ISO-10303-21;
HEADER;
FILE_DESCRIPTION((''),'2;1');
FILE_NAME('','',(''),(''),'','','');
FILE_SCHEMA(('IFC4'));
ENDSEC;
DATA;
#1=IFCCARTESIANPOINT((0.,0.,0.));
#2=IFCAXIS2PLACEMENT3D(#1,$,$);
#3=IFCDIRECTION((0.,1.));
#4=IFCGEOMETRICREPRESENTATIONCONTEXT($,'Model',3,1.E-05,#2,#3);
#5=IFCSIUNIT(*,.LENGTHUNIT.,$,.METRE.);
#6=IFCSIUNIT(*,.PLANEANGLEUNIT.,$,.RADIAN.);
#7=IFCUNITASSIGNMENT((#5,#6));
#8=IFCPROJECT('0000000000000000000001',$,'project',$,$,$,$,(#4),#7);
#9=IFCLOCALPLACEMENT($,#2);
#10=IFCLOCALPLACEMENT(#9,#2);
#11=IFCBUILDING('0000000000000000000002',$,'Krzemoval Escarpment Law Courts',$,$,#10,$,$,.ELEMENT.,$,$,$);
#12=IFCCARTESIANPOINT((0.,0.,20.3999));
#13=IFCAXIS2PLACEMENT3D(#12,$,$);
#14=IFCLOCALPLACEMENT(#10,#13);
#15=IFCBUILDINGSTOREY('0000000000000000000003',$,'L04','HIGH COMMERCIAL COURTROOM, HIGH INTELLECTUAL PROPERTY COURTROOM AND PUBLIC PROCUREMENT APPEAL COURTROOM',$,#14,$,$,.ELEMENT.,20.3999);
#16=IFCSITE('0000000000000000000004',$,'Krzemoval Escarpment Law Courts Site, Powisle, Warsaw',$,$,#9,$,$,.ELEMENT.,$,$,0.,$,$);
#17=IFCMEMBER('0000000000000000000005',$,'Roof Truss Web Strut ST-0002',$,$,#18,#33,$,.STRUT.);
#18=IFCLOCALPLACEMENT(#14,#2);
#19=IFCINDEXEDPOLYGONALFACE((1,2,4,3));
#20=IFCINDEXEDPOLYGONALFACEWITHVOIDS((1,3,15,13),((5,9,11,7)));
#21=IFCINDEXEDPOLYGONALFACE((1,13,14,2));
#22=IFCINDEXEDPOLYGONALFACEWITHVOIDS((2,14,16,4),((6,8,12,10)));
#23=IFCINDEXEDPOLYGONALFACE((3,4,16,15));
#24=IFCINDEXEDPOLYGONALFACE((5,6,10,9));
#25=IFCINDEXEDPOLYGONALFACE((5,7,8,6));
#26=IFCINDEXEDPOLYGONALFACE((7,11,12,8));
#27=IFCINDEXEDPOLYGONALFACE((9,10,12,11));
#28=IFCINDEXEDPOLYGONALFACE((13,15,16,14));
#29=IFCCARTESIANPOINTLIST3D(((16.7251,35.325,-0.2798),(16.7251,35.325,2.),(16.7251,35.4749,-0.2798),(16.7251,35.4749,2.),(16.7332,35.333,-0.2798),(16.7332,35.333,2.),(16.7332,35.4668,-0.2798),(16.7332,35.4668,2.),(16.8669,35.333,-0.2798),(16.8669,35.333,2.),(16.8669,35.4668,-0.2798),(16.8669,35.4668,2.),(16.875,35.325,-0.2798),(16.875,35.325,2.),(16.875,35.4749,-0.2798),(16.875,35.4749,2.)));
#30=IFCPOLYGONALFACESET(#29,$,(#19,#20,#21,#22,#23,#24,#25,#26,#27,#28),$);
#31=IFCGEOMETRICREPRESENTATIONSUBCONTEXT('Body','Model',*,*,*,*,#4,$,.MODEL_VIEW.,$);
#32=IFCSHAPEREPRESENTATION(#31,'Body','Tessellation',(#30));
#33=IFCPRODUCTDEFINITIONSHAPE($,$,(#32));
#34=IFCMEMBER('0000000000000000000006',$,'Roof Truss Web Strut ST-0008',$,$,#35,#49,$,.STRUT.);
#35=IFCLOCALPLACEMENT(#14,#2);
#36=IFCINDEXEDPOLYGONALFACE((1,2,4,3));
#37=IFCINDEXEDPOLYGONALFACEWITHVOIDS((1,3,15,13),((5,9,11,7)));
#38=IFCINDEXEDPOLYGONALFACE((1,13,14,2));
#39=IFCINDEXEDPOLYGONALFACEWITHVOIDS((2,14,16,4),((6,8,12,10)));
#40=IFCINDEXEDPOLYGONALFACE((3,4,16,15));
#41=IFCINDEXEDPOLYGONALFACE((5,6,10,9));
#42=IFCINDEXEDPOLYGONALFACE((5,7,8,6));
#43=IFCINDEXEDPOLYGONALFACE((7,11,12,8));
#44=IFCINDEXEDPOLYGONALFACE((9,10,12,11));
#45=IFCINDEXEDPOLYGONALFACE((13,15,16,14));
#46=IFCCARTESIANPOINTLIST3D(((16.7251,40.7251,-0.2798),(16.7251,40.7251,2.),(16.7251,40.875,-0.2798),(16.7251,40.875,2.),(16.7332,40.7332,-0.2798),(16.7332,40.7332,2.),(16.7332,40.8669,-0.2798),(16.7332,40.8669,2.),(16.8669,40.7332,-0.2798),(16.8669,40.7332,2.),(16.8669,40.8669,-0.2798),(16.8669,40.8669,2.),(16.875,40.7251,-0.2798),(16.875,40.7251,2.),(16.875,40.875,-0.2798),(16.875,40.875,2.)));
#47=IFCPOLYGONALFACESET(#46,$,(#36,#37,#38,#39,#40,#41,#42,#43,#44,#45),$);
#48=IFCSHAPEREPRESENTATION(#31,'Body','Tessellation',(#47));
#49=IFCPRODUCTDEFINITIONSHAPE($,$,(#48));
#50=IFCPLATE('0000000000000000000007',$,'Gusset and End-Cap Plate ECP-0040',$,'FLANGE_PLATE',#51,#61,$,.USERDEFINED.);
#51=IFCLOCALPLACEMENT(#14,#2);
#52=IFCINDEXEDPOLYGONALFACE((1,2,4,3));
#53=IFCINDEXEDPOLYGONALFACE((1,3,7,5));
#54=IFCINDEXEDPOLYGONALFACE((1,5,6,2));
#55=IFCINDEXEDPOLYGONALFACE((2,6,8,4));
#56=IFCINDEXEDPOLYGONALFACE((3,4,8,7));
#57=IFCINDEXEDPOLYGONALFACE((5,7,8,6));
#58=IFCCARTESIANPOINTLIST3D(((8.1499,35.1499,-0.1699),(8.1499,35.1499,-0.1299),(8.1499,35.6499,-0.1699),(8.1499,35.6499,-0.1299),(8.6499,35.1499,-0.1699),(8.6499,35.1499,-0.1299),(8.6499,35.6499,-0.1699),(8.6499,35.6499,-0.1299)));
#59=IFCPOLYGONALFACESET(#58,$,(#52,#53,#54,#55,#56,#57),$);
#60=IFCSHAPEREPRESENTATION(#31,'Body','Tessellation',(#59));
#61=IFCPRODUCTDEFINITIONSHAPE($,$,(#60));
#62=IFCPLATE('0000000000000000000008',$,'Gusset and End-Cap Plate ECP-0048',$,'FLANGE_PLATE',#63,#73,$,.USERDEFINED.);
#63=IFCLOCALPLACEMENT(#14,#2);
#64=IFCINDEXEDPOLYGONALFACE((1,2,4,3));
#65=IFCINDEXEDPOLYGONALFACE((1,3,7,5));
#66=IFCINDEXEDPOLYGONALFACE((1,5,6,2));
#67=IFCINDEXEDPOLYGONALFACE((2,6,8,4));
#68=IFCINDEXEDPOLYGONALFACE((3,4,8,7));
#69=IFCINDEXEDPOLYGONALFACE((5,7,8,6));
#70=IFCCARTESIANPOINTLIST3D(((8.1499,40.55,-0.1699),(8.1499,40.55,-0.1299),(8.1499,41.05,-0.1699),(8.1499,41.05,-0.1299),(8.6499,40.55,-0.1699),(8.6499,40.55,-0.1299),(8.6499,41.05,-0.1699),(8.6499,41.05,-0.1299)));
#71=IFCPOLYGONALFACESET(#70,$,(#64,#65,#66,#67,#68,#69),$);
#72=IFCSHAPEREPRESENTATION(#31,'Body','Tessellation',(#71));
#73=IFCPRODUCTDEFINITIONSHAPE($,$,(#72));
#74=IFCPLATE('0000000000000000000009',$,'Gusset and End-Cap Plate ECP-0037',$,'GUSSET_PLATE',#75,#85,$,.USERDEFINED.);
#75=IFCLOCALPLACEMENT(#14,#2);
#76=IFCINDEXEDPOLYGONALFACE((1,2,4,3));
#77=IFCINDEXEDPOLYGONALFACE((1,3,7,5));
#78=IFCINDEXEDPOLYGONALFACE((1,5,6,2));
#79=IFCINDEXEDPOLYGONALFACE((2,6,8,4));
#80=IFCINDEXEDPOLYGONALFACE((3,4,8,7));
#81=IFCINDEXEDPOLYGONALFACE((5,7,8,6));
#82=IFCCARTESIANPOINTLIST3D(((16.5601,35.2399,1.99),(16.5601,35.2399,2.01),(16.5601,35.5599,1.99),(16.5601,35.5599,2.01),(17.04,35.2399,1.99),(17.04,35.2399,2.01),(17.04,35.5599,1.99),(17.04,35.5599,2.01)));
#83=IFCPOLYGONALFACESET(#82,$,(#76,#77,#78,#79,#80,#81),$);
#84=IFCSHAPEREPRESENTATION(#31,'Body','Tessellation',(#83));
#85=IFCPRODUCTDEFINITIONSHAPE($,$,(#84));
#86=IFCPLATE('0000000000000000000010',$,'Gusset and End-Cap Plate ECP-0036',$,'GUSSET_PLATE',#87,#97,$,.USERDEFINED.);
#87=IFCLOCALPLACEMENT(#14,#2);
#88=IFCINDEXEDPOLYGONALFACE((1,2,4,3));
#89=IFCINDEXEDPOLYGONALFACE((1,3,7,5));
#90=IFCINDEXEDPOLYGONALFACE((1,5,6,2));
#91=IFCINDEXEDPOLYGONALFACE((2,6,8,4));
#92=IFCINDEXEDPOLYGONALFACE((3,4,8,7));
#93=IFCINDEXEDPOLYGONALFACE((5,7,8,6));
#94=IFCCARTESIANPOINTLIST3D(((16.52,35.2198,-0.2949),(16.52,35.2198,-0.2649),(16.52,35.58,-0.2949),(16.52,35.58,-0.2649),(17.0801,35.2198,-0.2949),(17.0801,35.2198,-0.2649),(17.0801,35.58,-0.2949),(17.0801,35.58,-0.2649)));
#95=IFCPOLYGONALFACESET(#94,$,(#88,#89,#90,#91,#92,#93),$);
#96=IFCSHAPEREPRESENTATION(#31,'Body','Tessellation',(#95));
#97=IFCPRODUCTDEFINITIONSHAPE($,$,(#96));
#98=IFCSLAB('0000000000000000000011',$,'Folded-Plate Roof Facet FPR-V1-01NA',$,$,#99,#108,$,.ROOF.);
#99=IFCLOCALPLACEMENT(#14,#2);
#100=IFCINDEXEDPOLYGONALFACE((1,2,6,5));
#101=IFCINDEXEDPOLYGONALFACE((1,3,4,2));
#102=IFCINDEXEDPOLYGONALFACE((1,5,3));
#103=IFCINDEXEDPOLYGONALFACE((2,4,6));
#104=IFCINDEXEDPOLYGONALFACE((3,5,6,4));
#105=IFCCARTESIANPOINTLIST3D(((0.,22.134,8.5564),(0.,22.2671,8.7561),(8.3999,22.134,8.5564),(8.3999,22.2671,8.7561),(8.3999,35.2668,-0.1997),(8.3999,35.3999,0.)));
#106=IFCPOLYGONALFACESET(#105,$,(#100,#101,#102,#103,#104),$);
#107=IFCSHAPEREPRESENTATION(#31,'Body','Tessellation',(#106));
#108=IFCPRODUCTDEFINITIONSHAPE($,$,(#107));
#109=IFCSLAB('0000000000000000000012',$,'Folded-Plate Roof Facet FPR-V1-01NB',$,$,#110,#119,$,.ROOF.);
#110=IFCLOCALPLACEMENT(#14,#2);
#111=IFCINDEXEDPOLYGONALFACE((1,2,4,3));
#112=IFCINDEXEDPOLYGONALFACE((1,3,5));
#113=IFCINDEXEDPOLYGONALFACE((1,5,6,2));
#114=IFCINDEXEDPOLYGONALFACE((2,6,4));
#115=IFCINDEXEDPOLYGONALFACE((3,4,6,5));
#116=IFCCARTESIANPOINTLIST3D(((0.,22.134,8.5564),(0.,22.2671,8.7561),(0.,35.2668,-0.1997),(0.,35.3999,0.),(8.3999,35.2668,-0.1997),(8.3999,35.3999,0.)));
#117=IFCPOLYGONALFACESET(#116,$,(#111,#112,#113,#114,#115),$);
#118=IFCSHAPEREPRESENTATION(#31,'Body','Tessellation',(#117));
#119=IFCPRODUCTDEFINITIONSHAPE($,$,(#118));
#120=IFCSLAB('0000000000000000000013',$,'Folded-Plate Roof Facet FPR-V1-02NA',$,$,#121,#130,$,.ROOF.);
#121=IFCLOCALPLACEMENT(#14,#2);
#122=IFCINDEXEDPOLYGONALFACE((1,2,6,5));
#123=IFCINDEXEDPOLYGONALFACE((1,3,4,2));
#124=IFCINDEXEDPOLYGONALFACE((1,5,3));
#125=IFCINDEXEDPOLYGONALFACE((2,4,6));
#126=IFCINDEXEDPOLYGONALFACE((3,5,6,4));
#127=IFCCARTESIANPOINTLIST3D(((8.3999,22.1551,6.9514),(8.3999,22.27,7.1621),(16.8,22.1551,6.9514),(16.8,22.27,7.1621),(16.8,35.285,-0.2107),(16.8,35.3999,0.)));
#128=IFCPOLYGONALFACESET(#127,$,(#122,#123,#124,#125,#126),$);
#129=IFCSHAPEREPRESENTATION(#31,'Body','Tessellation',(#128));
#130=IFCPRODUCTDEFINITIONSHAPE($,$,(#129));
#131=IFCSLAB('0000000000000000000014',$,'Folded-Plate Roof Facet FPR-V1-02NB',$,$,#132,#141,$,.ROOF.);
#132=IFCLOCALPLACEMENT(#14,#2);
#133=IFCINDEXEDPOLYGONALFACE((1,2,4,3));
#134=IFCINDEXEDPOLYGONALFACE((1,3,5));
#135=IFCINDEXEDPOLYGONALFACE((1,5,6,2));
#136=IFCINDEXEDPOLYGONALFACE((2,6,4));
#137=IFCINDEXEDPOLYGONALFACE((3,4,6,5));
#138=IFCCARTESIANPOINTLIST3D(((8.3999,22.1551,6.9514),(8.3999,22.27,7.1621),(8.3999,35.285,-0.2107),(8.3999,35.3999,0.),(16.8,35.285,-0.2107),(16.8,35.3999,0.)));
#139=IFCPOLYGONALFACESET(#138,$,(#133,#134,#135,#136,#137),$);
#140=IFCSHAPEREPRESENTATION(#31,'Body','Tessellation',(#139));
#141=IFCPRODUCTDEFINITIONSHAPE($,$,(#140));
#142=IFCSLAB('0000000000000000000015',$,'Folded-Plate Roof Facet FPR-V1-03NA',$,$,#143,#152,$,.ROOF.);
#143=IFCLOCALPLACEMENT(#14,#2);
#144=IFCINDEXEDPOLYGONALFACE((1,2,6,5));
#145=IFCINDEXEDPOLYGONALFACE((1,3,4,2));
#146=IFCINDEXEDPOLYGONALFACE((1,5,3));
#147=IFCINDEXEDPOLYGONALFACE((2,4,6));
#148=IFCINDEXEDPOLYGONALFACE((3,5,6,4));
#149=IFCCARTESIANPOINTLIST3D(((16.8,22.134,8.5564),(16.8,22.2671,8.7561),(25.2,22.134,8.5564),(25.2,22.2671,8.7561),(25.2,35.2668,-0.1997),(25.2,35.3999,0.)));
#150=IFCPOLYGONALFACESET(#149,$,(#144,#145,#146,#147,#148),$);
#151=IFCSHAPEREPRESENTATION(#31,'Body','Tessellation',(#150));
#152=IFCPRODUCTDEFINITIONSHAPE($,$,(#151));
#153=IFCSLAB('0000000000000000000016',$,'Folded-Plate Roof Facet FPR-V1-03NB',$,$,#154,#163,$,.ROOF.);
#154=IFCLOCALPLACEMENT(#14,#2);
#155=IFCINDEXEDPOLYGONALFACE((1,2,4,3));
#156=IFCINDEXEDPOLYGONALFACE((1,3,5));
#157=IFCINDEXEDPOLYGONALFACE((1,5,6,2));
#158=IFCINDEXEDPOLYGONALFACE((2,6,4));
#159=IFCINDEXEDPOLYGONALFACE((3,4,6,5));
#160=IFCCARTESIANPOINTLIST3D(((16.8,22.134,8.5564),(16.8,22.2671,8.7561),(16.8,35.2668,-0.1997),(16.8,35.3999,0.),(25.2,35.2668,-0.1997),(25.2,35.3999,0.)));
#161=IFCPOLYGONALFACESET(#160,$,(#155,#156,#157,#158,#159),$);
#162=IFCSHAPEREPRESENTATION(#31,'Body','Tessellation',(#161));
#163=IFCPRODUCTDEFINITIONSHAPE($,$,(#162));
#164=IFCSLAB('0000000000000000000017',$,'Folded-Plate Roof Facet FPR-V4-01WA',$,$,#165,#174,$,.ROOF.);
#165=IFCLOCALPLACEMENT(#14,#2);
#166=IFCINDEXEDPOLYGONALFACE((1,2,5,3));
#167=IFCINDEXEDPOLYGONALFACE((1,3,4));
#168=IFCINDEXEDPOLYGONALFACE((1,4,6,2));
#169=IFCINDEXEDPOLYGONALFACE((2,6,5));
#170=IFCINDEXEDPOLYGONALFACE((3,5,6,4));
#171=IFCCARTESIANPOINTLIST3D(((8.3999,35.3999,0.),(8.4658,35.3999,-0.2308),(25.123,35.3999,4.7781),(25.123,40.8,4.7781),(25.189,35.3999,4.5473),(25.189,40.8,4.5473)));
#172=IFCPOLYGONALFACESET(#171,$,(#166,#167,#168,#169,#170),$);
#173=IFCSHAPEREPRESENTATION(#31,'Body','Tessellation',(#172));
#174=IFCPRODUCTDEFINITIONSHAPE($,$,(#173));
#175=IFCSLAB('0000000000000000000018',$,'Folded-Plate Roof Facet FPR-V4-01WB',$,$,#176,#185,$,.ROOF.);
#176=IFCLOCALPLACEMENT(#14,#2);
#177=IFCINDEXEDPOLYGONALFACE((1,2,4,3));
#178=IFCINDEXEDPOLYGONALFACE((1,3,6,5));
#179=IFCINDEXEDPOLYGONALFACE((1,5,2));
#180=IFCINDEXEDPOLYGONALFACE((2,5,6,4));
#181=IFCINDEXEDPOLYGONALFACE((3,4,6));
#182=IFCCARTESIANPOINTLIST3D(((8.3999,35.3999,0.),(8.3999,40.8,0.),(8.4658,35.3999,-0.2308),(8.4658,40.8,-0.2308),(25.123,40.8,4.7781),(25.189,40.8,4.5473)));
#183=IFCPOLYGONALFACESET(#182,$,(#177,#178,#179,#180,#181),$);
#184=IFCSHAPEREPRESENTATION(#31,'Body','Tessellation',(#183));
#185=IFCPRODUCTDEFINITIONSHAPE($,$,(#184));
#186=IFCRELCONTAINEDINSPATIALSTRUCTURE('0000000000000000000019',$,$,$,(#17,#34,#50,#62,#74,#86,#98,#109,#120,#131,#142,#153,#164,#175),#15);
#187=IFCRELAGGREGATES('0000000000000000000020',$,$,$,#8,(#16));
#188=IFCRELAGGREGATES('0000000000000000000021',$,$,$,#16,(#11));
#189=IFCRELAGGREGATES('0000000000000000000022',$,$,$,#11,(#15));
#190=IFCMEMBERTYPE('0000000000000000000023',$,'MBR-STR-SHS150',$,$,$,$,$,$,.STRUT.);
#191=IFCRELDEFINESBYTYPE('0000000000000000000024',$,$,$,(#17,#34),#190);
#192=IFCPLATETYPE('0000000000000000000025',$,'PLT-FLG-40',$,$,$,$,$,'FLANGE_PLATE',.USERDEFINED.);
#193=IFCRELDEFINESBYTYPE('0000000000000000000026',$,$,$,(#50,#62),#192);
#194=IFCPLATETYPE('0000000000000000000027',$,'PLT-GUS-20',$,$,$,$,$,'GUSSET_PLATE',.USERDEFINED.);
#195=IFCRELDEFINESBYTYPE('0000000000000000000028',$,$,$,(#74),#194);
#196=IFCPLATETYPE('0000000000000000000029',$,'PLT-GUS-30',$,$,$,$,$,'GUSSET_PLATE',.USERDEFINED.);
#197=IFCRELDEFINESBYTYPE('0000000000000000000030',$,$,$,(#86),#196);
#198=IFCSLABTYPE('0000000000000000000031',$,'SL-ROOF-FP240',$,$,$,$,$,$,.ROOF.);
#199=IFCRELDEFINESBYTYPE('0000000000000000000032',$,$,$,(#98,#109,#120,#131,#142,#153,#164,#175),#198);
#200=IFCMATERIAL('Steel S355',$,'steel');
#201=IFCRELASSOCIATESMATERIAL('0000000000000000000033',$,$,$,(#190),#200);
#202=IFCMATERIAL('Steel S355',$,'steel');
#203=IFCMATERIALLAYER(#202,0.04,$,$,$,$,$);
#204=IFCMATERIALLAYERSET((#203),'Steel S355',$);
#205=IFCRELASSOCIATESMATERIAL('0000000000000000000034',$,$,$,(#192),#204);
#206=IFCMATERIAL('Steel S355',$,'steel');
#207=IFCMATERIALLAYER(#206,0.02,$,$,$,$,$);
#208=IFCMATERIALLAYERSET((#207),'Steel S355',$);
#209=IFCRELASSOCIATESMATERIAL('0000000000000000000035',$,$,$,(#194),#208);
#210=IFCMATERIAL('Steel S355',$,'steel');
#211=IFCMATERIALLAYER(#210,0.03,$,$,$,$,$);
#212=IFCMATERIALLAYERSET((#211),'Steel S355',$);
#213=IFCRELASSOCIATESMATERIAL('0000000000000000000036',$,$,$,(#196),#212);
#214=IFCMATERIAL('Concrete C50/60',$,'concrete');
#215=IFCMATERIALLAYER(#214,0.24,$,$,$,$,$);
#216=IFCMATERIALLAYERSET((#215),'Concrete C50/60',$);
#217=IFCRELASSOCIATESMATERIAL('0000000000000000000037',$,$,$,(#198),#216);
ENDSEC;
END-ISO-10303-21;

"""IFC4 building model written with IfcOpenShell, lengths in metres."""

from ifc_helpers import new_model, si_unit, direction, frame, origin, origin_2d, place, context, subcontext, project, spatial, polyline, rectangle, hollow_rectangle, outline, extrude, material, layer, layer_set, material_profile, profile_set, type_object, element, save


model = new_model("IFC4")

# Units and contexts
model_context = context("Model", 3, precision=1e-05, world=origin(), true_north=direction((0.0, 1.0)))
body_context = subcontext(model_context, "Body", "Model", "MODEL_VIEW")
ifc_project = project(units=[si_unit("LENGTHUNIT", "METRE"), si_unit("PLANEANGLEUNIT", "RADIAN")], contexts=[model_context])

# Site, building, storey
site_placement = place(None, origin())
site = spatial("IfcSite", under=ifc_project, at=site_placement, Name="Krzemoval Escarpment Law Courts Site, Powisle, Warsaw", CompositionType="ELEMENT", RefElevation=0.0)
building_placement = place(site_placement, origin())
building = spatial("IfcBuilding", under=site, at=building_placement, Name="Krzemoval Escarpment Law Courts", CompositionType="ELEMENT")
storey_placement = place(building_placement, frame((0.0, 0.0, 20.3999)))
storey = spatial("IfcBuildingStorey", under=building, at=storey_placement, Name="L04", Description="HIGH COMMERCIAL COURTROOM, HIGH INTELLECTUAL PROPERTY COURTROOM AND PUBLIC PROCUREMENT APPEAL COURTROOM", CompositionType="ELEMENT", Elevation=20.3999)

# Members
ifc_material_1 = material(Name="Steel S355", Category="steel")
ifc_material_profile_1 = material_profile(ifc_material_1, hollow_rectangle(XDim=0.1499, YDim=0.1499, WallThickness=0.0081, at=origin_2d()), Name="SHS 150x150x8")
ifc_profile_set_1 = profile_set([ifc_material_profile_1], Name="Steel S355")
member_type_1 = type_object("IfcMemberType", Name="MBR-STR-SHS150", PredefinedType="STRUT", material=ifc_profile_set_1)
for number, where, z_axis, x_axis, name in (
    (1, (16.8, 35.3999, -0.2798), (0.0, 0.0, 1.0), (1.0, 0.0, 0.0), "Roof Truss Web Strut ST-0002"),
    (2, (16.8, 40.8, -0.2798), (0.0, 0.0, 1.0), (1.0, 0.0, 0.0), "Roof Truss Web Strut ST-0008"),
):
    element("IfcMember", number, at=place(storey_placement, frame(where, z_axis=z_axis, x_axis=x_axis)), inside=storey, type_object=member_type_1, Name=name, PredefinedType="STRUT", context=body_context, shape_type="SweptSolid", body=[
        extrude(hollow_rectangle(XDim=0.1499, YDim=0.1499, WallThickness=0.0081, at=origin_2d()), origin(), (0.0, 0.0, 1.0), 2.2798),
    ])

# Plates
ifc_material_2 = material(Name="Steel S355", Category="steel")
ifc_layer_1 = layer(ifc_material_2, 0.04)
ifc_layer_set_1 = layer_set([ifc_layer_1], Name="Steel S355")
plate_type_1 = type_object("IfcPlateType", Name="PLT-FLG-40", ElementType="FLANGE_PLATE", PredefinedType="USERDEFINED", material=ifc_layer_set_1)
for number, where, z_axis, x_axis, name in (
    (3, (8.3999, 35.3999, -0.1699), (0.0, 0.0, 1.0), (1.0, 0.0, 0.0), "Gusset and End-Cap Plate ECP-0040"),
    (4, (8.3999, 40.8, -0.1699), (0.0, 0.0, 1.0), (1.0, 0.0, 0.0), "Gusset and End-Cap Plate ECP-0048"),
):
    element("IfcPlate", number, at=place(storey_placement, frame(where, z_axis=z_axis, x_axis=x_axis)), inside=storey, type_object=plate_type_1, Name=name, ObjectType="FLANGE_PLATE", PredefinedType="USERDEFINED", context=body_context, shape_type="SweptSolid", body=[
        extrude(rectangle(XDim=0.5, YDim=0.5, at=origin_2d()), origin(), (0.0, 0.0, 1.0), 0.04),
    ])
ifc_material_3 = material(Name="Steel S355", Category="steel")
ifc_layer_2 = layer(ifc_material_3, 0.02)
ifc_layer_set_2 = layer_set([ifc_layer_2], Name="Steel S355")
plate_type_2 = type_object("IfcPlateType", Name="PLT-GUS-20", ElementType="GUSSET_PLATE", PredefinedType="USERDEFINED", material=ifc_layer_set_2)
plate_1_placement = place(storey_placement, frame((16.8, 35.3999, 1.99), z_axis=(0.0, 0.0, 1.0), x_axis=(1.0, 0.0, 0.0)))
element("IfcPlate", 5, at=plate_1_placement, inside=storey, type_object=plate_type_2, Name="Gusset and End-Cap Plate ECP-0037", ObjectType="GUSSET_PLATE", PredefinedType="USERDEFINED", context=body_context, shape_type="SweptSolid", body=[
    extrude(rectangle(XDim=0.48, YDim=0.3201, at=origin_2d()), origin(), (0.0, 0.0, 1.0), 0.02),
])
ifc_material_4 = material(Name="Steel S355", Category="steel")
ifc_layer_3 = layer(ifc_material_4, 0.03)
ifc_layer_set_3 = layer_set([ifc_layer_3], Name="Steel S355")
plate_type_3 = type_object("IfcPlateType", Name="PLT-GUS-30", ElementType="GUSSET_PLATE", PredefinedType="USERDEFINED", material=ifc_layer_set_3)
plate_2_placement = place(storey_placement, frame((16.8, 35.3999, -0.2949), z_axis=(0.0, 0.0, 1.0), x_axis=(1.0, 0.0, 0.0)))
element("IfcPlate", 6, at=plate_2_placement, inside=storey, type_object=plate_type_3, Name="Gusset and End-Cap Plate ECP-0036", ObjectType="GUSSET_PLATE", PredefinedType="USERDEFINED", context=body_context, shape_type="SweptSolid", body=[
    extrude(rectangle(XDim=0.5601, YDim=0.3601, at=origin_2d()), origin(), (0.0, 0.0, 1.0), 0.03),
])

# Slabs
ifc_material_5 = material(Name="Concrete C50/60", Category="concrete")
ifc_layer_4 = layer(ifc_material_5, 0.24)
ifc_layer_set_4 = layer_set([ifc_layer_4], Name="Concrete C50/60")
slab_type = type_object("IfcSlabType", Name="SL-ROOF-FP240", PredefinedType="ROOF", material=ifc_layer_set_4)
slab_1_placement = place(storey_placement, frame((0.0, 22.2671, 8.7561), z_axis=(0.0, 0.554739, 0.832024), x_axis=(1.0, 0.0, 0.0)))
element("IfcSlab", 7, at=slab_1_placement, inside=storey, type_object=slab_type, Name="Folded-Plate Roof Facet FPR-V1-01NA", PredefinedType="ROOF", context=body_context, shape_type="SweptSolid", body=[
    extrude(outline(polyline([(0.0, 0.0), (8.3999, 0.0), (8.3999, 15.7842), (0.0, 0.0)])), origin(), (0.0, 0.0, -1.0), 0.24),
])
slab_2_placement = place(storey_placement, frame((0.0, 22.2671, 8.7561), z_axis=(0.0, 0.554739, 0.832024), x_axis=(0.46979, 0.734493, -0.489712)))
element("IfcSlab", 8, at=slab_2_placement, inside=storey, type_object=slab_type, Name="Folded-Plate Roof Facet FPR-V1-01NB", PredefinedType="ROOF", context=body_context, shape_type="SweptSolid", body=[
    extrude(outline(polyline([(0.0, 0.0), (17.8801, 0.0), (13.9339, 7.4152), (0.0, 0.0)])), origin(), (0.0, 0.0, -1.0), 0.24),
])
slab_3_placement = place(storey_placement, frame((8.3999, 22.27, 7.1621), z_axis=(0.0, 0.47887, 0.877886), x_axis=(1.0, 0.0, 0.0)))
element("IfcSlab", 9, at=slab_3_placement, inside=storey, type_object=slab_type, Name="Folded-Plate Roof Facet FPR-V1-02NA", PredefinedType="ROOF", context=body_context, shape_type="SweptSolid", body=[
    extrude(outline(polyline([(0.0, 0.0), (8.4001, 0.0), (8.4001, 14.9563), (0.0, 0.0)])), origin(), (0.0, 0.0, -1.0), 0.24),
])
slab_4_placement = place(storey_placement, frame((8.3999, 22.27, 7.1621), z_axis=(0.0, 0.47887, 0.877886), x_axis=(0.489697, 0.765422, -0.417524)))
element("IfcSlab", 10, at=slab_4_placement, inside=storey, type_object=slab_type, Name="Folded-Plate Roof Facet FPR-V1-02NB", PredefinedType="ROOF", context=body_context, shape_type="SweptSolid", body=[
    extrude(outline(polyline([(0.0, 0.0), (17.1538, 0.0), (13.0403, 7.324), (0.0, 0.0)])), origin(), (0.0, 0.0, -1.0), 0.24),
])
slab_5_placement = place(storey_placement, frame((16.8, 22.2671, 8.7561), z_axis=(0.0, 0.554739, 0.832024), x_axis=(1.0, 0.0, 0.0)))
element("IfcSlab", 11, at=slab_5_placement, inside=storey, type_object=slab_type, Name="Folded-Plate Roof Facet FPR-V1-03NA", PredefinedType="ROOF", context=body_context, shape_type="SweptSolid", body=[
    extrude(outline(polyline([(0.0, 0.0), (8.3999, 0.0), (8.3999, 15.7842), (0.0, 0.0)])), origin(), (0.0, 0.0, -1.0), 0.24),
])
slab_6_placement = place(storey_placement, frame((16.8, 22.2671, 8.7561), z_axis=(0.0, 0.554739, 0.832024), x_axis=(0.46979, 0.734493, -0.489712)))
element("IfcSlab", 12, at=slab_6_placement, inside=storey, type_object=slab_type, Name="Folded-Plate Roof Facet FPR-V1-03NB", PredefinedType="ROOF", context=body_context, shape_type="SweptSolid", body=[
    extrude(outline(polyline([(0.0, 0.0), (17.8801, 0.0), (13.9339, 7.4152), (0.0, 0.0)])), origin(), (0.0, 0.0, -1.0), 0.24),
])
slab_7_placement = place(storey_placement, frame((8.3999, 35.3999, 0.0), z_axis=(-0.274723, 0.0, 0.961523), x_axis=(0.961523, 0.0, 0.274723)))
element("IfcSlab", 13, at=slab_7_placement, inside=storey, type_object=slab_type, Name="Folded-Plate Roof Facet FPR-V4-01WA", PredefinedType="ROOF", context=body_context, shape_type="SweptSolid", body=[
    extrude(outline(polyline([(0.0, 0.0), (17.3923, 0.0), (17.3923, 5.4001), (0.0, 0.0)])), origin(), (0.0, 0.0, -1.0), 0.24),
])
slab_8_placement = place(storey_placement, frame((8.3999, 35.3999, 0.0), z_axis=(-0.274723, 0.0, 0.961523), x_axis=(0.918279, 0.296526, 0.262367)))
element("IfcSlab", 14, at=slab_8_placement, inside=storey, type_object=slab_type, Name="Folded-Plate Roof Facet FPR-V4-01WB", PredefinedType="ROOF", context=body_context, shape_type="SweptSolid", body=[
    extrude(outline(polyline([(0.0, 0.0), (18.2114, 0.0), (1.6013, 5.1573), (0.0, 0.0)])), origin(), (0.0, 0.0, -1.0), 0.24),
])

save(model, "model.ifc")
